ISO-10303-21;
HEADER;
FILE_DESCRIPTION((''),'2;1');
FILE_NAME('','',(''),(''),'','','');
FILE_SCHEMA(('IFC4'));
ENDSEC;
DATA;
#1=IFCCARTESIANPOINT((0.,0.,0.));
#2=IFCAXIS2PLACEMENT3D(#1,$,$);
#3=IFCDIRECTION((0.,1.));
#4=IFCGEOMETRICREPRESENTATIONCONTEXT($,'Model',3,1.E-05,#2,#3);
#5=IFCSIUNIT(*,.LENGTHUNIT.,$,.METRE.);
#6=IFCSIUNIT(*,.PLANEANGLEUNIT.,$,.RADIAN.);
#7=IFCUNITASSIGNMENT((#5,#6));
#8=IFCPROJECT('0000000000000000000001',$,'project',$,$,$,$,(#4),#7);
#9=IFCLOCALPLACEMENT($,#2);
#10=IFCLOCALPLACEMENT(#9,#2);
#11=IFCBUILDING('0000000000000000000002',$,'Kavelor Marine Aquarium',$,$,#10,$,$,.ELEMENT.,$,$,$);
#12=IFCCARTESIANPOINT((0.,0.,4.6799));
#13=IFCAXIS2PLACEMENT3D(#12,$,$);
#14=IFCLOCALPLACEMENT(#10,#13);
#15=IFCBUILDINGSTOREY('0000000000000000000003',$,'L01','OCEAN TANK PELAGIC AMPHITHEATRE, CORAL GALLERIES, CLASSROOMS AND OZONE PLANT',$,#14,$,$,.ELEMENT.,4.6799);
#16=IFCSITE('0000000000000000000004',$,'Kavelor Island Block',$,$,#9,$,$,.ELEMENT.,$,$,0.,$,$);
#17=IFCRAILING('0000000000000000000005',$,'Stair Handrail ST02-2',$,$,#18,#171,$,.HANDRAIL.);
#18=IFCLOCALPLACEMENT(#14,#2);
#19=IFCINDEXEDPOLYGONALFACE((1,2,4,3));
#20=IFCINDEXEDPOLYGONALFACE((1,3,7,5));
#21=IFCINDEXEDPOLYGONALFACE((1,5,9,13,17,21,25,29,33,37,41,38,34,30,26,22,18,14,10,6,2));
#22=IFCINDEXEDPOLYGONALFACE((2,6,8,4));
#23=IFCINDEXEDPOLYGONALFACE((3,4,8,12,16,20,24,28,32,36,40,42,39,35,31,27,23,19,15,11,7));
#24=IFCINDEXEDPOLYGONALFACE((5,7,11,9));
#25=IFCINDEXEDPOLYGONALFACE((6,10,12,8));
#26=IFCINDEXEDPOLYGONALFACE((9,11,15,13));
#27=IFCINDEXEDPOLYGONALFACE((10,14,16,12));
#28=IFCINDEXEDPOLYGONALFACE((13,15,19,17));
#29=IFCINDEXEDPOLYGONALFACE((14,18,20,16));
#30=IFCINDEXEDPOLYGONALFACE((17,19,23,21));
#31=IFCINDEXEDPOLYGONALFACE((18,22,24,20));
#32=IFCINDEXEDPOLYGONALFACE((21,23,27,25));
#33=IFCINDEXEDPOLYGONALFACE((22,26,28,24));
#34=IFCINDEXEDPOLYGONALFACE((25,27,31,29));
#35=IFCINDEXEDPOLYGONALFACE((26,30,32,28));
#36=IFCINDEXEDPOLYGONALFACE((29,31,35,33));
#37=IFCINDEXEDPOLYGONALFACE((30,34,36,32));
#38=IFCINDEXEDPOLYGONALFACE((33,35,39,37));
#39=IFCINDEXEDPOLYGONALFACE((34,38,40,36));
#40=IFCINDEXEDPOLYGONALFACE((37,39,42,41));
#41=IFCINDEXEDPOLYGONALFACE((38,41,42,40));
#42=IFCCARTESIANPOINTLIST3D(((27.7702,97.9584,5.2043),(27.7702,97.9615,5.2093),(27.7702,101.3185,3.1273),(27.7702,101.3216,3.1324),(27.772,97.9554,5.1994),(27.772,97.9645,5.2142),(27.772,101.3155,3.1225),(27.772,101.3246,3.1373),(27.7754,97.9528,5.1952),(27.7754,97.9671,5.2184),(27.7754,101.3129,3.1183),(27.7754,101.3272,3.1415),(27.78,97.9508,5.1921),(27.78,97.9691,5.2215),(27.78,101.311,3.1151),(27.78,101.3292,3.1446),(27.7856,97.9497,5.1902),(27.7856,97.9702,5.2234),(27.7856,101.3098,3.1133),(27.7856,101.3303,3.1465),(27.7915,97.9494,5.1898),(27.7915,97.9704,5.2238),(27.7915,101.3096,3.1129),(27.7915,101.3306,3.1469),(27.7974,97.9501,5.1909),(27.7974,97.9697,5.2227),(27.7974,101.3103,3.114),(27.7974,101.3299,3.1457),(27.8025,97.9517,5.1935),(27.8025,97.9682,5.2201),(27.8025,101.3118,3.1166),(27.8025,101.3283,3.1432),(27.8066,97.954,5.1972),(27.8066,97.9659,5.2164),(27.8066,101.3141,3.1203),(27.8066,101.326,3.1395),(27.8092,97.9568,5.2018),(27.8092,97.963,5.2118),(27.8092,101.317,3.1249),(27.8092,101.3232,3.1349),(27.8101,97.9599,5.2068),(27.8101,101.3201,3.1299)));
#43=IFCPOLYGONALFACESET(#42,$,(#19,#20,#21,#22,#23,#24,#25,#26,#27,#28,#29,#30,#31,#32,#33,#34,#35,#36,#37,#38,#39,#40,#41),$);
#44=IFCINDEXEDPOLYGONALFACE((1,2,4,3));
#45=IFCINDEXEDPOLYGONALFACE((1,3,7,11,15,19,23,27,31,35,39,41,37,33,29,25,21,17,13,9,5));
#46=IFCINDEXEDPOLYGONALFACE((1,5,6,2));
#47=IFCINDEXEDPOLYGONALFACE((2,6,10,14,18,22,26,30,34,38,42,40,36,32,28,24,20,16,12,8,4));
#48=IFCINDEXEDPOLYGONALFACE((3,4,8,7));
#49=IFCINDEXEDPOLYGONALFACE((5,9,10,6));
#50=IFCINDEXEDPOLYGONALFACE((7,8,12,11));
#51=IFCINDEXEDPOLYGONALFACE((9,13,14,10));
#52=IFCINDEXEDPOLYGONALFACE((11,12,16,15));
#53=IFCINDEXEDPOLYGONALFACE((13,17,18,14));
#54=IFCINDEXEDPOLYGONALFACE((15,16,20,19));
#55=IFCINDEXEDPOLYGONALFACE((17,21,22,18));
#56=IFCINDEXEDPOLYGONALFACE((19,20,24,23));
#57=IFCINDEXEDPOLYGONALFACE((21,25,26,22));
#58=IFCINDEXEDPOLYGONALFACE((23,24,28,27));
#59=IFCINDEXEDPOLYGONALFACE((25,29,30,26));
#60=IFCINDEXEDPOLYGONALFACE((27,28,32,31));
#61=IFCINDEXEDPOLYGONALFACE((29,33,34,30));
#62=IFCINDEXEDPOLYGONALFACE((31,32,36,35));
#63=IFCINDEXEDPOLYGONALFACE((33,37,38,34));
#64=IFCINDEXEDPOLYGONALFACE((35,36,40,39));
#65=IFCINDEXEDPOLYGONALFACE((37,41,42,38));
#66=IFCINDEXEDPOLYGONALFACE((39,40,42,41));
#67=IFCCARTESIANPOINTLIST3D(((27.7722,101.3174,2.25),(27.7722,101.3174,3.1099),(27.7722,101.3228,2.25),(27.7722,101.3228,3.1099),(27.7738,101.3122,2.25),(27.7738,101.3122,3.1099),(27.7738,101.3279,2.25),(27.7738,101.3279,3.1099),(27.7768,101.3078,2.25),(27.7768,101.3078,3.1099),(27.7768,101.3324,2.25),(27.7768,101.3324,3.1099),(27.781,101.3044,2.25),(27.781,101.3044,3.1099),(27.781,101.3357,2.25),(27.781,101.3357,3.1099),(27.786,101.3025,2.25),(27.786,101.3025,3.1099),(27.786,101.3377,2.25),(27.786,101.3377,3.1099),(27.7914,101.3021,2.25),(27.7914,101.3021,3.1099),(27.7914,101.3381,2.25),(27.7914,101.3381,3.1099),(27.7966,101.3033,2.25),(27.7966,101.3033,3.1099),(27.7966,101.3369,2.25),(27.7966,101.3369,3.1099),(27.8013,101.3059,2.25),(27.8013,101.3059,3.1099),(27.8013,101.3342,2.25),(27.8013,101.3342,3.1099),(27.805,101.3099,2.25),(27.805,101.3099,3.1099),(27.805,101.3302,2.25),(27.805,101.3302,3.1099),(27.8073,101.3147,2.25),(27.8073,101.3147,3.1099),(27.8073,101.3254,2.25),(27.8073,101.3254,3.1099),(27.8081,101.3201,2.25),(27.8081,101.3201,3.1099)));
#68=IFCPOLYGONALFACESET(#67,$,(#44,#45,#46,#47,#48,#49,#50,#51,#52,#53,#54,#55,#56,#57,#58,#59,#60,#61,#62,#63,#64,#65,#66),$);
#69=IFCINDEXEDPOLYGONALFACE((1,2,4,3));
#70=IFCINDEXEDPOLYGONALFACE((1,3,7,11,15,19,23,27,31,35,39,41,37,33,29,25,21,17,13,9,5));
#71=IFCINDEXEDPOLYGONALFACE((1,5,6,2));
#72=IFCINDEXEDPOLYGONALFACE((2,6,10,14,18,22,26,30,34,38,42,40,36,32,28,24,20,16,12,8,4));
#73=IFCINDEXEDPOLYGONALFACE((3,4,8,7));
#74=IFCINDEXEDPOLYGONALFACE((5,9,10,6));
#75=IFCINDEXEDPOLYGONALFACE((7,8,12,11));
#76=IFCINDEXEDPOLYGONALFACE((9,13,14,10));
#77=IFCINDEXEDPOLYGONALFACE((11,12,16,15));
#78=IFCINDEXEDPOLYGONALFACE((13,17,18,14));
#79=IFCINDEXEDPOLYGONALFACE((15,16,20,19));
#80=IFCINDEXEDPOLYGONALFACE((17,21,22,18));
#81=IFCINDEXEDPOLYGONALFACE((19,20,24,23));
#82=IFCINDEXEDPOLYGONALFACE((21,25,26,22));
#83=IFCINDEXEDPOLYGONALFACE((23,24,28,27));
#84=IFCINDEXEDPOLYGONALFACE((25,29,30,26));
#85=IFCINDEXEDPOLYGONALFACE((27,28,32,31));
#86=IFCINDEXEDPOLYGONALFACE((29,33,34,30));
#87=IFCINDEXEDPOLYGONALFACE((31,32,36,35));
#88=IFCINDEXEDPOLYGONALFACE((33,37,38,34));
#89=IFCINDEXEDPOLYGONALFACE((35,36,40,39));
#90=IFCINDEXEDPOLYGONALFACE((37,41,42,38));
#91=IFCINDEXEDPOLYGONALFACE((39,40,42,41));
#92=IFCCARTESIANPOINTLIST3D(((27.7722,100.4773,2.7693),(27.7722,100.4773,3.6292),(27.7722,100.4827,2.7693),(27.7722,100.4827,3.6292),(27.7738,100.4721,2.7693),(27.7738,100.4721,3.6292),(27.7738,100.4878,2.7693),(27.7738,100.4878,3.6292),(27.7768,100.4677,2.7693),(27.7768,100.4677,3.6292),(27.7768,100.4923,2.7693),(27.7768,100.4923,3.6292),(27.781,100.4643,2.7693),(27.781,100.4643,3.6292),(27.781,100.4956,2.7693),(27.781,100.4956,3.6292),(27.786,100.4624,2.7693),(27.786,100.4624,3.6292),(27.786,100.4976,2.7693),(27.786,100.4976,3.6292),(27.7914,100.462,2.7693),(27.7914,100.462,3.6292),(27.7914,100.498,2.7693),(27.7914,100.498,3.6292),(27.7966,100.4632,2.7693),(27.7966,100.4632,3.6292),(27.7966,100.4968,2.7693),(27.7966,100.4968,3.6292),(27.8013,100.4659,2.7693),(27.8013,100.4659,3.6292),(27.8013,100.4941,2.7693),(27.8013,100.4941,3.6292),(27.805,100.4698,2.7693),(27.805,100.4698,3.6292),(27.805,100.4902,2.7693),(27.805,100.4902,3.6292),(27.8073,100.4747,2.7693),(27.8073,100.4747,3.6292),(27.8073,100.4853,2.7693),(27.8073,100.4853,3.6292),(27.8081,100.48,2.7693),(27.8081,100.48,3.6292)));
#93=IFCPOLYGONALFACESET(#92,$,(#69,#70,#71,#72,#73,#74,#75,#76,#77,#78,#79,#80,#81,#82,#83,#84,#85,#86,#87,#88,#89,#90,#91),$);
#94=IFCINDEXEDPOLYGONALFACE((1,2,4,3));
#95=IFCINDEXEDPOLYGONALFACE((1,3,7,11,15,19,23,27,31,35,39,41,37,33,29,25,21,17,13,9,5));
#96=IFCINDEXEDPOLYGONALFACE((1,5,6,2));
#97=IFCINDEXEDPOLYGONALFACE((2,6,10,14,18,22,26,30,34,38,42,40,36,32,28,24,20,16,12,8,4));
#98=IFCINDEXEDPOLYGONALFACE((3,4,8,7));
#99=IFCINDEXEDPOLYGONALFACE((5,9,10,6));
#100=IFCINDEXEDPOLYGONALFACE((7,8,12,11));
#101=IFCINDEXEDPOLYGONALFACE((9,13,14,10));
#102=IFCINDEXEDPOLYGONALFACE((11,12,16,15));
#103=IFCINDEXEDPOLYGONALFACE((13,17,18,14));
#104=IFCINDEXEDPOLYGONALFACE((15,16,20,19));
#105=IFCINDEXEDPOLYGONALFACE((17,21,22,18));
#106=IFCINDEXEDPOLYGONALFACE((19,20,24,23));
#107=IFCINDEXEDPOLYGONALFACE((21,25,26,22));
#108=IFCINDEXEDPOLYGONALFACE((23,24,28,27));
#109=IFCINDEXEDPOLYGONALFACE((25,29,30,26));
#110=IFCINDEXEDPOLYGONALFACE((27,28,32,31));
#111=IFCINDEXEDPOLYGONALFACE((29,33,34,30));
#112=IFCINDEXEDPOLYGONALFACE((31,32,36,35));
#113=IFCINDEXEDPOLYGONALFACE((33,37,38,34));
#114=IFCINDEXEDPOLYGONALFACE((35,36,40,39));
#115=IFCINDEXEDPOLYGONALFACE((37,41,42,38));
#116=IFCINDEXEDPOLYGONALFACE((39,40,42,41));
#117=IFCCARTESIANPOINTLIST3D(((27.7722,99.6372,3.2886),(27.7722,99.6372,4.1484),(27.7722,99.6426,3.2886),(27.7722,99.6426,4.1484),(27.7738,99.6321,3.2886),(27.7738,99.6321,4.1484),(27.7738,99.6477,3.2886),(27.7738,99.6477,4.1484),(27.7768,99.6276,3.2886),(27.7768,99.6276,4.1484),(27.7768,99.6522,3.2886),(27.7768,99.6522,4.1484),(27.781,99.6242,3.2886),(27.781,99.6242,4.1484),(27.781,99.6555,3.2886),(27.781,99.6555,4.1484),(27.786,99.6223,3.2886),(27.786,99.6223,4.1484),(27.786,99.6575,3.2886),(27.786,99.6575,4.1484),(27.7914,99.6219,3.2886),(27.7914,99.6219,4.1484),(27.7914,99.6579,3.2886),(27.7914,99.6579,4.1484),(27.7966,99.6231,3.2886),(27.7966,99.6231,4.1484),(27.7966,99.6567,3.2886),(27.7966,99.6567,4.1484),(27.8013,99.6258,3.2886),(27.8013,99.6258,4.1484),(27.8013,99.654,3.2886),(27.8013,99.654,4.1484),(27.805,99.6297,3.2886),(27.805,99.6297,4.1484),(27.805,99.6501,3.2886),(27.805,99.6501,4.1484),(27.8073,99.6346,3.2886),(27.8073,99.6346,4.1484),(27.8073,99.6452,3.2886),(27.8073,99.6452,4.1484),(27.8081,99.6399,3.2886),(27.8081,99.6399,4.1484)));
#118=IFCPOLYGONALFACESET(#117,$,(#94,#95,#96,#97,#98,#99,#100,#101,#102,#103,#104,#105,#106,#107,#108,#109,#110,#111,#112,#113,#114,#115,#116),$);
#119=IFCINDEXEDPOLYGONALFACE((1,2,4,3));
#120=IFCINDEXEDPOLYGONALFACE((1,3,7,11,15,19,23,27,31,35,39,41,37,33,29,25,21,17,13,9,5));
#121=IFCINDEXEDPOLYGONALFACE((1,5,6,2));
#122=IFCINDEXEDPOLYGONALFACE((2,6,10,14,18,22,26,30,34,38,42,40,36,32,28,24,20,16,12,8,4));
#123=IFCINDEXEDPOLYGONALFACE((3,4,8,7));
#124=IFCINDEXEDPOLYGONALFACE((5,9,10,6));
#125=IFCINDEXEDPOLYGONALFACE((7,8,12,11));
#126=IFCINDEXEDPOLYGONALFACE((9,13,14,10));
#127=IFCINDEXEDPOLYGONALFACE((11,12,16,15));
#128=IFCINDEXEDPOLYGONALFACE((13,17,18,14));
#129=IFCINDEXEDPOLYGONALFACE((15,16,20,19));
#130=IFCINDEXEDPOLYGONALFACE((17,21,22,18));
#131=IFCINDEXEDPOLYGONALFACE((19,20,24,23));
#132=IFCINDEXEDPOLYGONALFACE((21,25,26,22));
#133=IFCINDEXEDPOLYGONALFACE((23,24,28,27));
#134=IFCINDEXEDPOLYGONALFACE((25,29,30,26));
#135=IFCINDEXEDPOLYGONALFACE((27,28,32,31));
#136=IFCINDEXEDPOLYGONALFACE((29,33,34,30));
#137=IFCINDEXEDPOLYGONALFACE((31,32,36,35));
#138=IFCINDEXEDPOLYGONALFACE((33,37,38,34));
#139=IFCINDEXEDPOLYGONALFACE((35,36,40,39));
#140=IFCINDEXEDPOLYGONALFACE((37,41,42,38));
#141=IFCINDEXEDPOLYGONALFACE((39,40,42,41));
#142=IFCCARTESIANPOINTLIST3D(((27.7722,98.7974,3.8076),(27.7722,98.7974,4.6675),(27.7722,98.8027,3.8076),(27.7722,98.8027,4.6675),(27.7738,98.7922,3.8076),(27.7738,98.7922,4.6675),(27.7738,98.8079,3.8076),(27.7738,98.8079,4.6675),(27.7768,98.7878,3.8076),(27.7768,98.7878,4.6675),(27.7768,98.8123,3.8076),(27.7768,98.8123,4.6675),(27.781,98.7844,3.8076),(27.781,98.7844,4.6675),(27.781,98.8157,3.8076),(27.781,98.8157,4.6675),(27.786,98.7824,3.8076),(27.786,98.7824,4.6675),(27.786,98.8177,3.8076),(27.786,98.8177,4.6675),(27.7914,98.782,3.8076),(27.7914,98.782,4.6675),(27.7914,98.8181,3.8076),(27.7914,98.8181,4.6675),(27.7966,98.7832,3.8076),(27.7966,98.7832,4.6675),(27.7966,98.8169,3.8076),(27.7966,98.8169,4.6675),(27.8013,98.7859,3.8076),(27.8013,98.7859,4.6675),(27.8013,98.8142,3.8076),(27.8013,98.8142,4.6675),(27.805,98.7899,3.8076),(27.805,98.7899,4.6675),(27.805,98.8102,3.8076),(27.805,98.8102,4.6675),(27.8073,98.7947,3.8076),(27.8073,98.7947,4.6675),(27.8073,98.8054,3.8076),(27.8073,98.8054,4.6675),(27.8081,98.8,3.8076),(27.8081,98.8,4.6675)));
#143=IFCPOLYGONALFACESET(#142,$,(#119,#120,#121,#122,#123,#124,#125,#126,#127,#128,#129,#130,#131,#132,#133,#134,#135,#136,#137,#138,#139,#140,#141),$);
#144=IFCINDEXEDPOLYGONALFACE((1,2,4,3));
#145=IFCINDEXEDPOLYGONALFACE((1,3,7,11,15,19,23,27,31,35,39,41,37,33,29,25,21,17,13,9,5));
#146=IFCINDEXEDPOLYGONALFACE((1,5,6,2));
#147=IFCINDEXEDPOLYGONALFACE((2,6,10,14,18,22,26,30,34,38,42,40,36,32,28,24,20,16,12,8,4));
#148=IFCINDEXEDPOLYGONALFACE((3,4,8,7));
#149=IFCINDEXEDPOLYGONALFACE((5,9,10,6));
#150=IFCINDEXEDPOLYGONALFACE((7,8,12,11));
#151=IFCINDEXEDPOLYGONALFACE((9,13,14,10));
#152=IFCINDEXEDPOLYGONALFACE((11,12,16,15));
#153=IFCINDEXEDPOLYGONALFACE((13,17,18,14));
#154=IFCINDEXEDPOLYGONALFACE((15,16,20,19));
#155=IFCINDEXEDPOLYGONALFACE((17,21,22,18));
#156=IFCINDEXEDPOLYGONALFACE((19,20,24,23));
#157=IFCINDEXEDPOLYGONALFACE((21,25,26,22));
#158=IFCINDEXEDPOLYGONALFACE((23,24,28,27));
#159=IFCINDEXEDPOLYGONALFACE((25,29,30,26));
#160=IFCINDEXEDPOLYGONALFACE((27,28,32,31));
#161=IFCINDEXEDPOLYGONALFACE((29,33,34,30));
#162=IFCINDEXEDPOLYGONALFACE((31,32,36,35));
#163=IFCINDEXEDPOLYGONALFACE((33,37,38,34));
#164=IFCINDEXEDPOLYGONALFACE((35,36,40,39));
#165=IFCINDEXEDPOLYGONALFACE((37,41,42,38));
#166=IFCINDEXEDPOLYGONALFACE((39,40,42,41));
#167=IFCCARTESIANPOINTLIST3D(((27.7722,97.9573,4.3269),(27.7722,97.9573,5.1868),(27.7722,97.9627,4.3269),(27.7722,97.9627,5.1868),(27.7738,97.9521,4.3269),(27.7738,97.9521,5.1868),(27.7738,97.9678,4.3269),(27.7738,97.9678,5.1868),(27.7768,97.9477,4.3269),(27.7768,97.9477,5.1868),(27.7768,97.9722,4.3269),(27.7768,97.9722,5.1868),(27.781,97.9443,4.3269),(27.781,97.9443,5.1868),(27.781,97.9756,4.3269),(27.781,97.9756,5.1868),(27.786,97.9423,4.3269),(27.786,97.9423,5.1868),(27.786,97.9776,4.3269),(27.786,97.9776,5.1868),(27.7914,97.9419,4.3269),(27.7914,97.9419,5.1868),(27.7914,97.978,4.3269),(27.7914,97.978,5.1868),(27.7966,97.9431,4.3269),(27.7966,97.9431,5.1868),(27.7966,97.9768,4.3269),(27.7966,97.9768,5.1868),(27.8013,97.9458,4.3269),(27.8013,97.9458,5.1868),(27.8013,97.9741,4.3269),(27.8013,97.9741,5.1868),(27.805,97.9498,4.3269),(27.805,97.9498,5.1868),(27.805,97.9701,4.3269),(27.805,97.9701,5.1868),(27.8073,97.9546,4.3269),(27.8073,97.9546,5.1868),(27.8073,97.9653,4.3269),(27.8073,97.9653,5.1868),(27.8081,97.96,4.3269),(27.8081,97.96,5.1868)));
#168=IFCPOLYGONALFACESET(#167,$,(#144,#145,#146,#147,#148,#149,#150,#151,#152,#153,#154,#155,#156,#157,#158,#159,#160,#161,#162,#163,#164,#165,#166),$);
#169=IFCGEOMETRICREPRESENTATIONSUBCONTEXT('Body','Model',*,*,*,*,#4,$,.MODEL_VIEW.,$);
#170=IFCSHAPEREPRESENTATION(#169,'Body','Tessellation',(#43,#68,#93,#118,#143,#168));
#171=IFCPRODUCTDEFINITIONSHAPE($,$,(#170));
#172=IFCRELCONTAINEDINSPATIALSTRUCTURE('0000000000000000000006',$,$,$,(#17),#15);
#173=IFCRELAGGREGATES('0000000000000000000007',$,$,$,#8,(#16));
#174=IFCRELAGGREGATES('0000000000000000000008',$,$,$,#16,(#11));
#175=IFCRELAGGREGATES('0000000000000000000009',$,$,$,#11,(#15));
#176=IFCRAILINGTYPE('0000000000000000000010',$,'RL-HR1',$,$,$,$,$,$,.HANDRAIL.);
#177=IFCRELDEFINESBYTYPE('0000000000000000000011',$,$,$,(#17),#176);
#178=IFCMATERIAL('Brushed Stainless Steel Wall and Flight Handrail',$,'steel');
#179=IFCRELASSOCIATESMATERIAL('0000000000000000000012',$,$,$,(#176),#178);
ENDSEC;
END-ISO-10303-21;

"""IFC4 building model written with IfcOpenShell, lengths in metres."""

from ifc_helpers import new_model, si_unit, direction, frame, origin, origin_2d, place, context, subcontext, project, spatial, circle, extrude, material, type_object, element, save


model = new_model("IFC4")

# Units and contexts
model_context = context("Model", 3, precision=1e-05, world=origin(), true_north=direction((0.0, 1.0)))
body_context = subcontext(model_context, "Body", "Model", "MODEL_VIEW")
ifc_project = project(units=[si_unit("LENGTHUNIT", "METRE"), si_unit("PLANEANGLEUNIT", "RADIAN")], contexts=[model_context])

# Site, building, storey
site_placement = place(None, origin())
site = spatial("IfcSite", under=ifc_project, at=site_placement, Name="Kavelor Island Block", CompositionType="ELEMENT", RefElevation=0.0)
building_placement = place(site_placement, origin())
building = spatial("IfcBuilding", under=site, at=building_placement, Name="Kavelor Marine Aquarium", CompositionType="ELEMENT")
storey_placement = place(building_placement, frame((0.0, 0.0, 4.6799)))
storey = spatial("IfcBuildingStorey", under=building, at=storey_placement, Name="L01", Description="OCEAN TANK PELAGIC AMPHITHEATRE, CORAL GALLERIES, CLASSROOMS AND OZONE PLANT", CompositionType="ELEMENT", Elevation=4.6799)

# Railing
ifc_material_1 = material(Name="Brushed Stainless Steel Wall and Flight Handrail", Category="steel")
railing_type_1 = type_object("IfcRailingType", Name="RL-HR1", PredefinedType="HANDRAIL", material=ifc_material_1)
railing_1_placement = place(storey_placement, frame((27.79, 101.3201, 2.25)))
element("IfcRailing", 1, at=railing_1_placement, inside=storey, type_object=railing_type_1, Name="Stair Handrail ST02-2", PredefinedType="HANDRAIL", context=body_context, shape_type="SweptSolid", body=[
    extrude(circle(Radius=0.02, at=origin_2d()), frame((0.0, 0.0, 0.8799), z_axis=(0.0, -0.850623, 0.525776), x_axis=(1.0, 0.0, 0.0)), (0.0, 0.0, 1.0), 3.9502),
    extrude(circle(Radius=0.0181, at=origin_2d()), origin(), (0.0, 0.0, 1.0), 0.8599),
    extrude(circle(Radius=0.0181, at=origin_2d()), frame((0.0, -0.8401, 0.5193)), (0.0, 0.0, 1.0), 0.8599),
    extrude(circle(Radius=0.0181, at=origin_2d()), frame((0.0, -1.6802, 1.0386)), (0.0, 0.0, 1.0), 0.8599),
    extrude(circle(Radius=0.0181, at=origin_2d()), frame((0.0, -2.52, 1.5576)), (0.0, 0.0, 1.0), 0.8599),
    extrude(circle(Radius=0.0181, at=origin_2d()), frame((0.0, -3.3601, 2.0769)), (0.0, 0.0, 1.0), 0.8599),
])

save(model, "model.ifc")
